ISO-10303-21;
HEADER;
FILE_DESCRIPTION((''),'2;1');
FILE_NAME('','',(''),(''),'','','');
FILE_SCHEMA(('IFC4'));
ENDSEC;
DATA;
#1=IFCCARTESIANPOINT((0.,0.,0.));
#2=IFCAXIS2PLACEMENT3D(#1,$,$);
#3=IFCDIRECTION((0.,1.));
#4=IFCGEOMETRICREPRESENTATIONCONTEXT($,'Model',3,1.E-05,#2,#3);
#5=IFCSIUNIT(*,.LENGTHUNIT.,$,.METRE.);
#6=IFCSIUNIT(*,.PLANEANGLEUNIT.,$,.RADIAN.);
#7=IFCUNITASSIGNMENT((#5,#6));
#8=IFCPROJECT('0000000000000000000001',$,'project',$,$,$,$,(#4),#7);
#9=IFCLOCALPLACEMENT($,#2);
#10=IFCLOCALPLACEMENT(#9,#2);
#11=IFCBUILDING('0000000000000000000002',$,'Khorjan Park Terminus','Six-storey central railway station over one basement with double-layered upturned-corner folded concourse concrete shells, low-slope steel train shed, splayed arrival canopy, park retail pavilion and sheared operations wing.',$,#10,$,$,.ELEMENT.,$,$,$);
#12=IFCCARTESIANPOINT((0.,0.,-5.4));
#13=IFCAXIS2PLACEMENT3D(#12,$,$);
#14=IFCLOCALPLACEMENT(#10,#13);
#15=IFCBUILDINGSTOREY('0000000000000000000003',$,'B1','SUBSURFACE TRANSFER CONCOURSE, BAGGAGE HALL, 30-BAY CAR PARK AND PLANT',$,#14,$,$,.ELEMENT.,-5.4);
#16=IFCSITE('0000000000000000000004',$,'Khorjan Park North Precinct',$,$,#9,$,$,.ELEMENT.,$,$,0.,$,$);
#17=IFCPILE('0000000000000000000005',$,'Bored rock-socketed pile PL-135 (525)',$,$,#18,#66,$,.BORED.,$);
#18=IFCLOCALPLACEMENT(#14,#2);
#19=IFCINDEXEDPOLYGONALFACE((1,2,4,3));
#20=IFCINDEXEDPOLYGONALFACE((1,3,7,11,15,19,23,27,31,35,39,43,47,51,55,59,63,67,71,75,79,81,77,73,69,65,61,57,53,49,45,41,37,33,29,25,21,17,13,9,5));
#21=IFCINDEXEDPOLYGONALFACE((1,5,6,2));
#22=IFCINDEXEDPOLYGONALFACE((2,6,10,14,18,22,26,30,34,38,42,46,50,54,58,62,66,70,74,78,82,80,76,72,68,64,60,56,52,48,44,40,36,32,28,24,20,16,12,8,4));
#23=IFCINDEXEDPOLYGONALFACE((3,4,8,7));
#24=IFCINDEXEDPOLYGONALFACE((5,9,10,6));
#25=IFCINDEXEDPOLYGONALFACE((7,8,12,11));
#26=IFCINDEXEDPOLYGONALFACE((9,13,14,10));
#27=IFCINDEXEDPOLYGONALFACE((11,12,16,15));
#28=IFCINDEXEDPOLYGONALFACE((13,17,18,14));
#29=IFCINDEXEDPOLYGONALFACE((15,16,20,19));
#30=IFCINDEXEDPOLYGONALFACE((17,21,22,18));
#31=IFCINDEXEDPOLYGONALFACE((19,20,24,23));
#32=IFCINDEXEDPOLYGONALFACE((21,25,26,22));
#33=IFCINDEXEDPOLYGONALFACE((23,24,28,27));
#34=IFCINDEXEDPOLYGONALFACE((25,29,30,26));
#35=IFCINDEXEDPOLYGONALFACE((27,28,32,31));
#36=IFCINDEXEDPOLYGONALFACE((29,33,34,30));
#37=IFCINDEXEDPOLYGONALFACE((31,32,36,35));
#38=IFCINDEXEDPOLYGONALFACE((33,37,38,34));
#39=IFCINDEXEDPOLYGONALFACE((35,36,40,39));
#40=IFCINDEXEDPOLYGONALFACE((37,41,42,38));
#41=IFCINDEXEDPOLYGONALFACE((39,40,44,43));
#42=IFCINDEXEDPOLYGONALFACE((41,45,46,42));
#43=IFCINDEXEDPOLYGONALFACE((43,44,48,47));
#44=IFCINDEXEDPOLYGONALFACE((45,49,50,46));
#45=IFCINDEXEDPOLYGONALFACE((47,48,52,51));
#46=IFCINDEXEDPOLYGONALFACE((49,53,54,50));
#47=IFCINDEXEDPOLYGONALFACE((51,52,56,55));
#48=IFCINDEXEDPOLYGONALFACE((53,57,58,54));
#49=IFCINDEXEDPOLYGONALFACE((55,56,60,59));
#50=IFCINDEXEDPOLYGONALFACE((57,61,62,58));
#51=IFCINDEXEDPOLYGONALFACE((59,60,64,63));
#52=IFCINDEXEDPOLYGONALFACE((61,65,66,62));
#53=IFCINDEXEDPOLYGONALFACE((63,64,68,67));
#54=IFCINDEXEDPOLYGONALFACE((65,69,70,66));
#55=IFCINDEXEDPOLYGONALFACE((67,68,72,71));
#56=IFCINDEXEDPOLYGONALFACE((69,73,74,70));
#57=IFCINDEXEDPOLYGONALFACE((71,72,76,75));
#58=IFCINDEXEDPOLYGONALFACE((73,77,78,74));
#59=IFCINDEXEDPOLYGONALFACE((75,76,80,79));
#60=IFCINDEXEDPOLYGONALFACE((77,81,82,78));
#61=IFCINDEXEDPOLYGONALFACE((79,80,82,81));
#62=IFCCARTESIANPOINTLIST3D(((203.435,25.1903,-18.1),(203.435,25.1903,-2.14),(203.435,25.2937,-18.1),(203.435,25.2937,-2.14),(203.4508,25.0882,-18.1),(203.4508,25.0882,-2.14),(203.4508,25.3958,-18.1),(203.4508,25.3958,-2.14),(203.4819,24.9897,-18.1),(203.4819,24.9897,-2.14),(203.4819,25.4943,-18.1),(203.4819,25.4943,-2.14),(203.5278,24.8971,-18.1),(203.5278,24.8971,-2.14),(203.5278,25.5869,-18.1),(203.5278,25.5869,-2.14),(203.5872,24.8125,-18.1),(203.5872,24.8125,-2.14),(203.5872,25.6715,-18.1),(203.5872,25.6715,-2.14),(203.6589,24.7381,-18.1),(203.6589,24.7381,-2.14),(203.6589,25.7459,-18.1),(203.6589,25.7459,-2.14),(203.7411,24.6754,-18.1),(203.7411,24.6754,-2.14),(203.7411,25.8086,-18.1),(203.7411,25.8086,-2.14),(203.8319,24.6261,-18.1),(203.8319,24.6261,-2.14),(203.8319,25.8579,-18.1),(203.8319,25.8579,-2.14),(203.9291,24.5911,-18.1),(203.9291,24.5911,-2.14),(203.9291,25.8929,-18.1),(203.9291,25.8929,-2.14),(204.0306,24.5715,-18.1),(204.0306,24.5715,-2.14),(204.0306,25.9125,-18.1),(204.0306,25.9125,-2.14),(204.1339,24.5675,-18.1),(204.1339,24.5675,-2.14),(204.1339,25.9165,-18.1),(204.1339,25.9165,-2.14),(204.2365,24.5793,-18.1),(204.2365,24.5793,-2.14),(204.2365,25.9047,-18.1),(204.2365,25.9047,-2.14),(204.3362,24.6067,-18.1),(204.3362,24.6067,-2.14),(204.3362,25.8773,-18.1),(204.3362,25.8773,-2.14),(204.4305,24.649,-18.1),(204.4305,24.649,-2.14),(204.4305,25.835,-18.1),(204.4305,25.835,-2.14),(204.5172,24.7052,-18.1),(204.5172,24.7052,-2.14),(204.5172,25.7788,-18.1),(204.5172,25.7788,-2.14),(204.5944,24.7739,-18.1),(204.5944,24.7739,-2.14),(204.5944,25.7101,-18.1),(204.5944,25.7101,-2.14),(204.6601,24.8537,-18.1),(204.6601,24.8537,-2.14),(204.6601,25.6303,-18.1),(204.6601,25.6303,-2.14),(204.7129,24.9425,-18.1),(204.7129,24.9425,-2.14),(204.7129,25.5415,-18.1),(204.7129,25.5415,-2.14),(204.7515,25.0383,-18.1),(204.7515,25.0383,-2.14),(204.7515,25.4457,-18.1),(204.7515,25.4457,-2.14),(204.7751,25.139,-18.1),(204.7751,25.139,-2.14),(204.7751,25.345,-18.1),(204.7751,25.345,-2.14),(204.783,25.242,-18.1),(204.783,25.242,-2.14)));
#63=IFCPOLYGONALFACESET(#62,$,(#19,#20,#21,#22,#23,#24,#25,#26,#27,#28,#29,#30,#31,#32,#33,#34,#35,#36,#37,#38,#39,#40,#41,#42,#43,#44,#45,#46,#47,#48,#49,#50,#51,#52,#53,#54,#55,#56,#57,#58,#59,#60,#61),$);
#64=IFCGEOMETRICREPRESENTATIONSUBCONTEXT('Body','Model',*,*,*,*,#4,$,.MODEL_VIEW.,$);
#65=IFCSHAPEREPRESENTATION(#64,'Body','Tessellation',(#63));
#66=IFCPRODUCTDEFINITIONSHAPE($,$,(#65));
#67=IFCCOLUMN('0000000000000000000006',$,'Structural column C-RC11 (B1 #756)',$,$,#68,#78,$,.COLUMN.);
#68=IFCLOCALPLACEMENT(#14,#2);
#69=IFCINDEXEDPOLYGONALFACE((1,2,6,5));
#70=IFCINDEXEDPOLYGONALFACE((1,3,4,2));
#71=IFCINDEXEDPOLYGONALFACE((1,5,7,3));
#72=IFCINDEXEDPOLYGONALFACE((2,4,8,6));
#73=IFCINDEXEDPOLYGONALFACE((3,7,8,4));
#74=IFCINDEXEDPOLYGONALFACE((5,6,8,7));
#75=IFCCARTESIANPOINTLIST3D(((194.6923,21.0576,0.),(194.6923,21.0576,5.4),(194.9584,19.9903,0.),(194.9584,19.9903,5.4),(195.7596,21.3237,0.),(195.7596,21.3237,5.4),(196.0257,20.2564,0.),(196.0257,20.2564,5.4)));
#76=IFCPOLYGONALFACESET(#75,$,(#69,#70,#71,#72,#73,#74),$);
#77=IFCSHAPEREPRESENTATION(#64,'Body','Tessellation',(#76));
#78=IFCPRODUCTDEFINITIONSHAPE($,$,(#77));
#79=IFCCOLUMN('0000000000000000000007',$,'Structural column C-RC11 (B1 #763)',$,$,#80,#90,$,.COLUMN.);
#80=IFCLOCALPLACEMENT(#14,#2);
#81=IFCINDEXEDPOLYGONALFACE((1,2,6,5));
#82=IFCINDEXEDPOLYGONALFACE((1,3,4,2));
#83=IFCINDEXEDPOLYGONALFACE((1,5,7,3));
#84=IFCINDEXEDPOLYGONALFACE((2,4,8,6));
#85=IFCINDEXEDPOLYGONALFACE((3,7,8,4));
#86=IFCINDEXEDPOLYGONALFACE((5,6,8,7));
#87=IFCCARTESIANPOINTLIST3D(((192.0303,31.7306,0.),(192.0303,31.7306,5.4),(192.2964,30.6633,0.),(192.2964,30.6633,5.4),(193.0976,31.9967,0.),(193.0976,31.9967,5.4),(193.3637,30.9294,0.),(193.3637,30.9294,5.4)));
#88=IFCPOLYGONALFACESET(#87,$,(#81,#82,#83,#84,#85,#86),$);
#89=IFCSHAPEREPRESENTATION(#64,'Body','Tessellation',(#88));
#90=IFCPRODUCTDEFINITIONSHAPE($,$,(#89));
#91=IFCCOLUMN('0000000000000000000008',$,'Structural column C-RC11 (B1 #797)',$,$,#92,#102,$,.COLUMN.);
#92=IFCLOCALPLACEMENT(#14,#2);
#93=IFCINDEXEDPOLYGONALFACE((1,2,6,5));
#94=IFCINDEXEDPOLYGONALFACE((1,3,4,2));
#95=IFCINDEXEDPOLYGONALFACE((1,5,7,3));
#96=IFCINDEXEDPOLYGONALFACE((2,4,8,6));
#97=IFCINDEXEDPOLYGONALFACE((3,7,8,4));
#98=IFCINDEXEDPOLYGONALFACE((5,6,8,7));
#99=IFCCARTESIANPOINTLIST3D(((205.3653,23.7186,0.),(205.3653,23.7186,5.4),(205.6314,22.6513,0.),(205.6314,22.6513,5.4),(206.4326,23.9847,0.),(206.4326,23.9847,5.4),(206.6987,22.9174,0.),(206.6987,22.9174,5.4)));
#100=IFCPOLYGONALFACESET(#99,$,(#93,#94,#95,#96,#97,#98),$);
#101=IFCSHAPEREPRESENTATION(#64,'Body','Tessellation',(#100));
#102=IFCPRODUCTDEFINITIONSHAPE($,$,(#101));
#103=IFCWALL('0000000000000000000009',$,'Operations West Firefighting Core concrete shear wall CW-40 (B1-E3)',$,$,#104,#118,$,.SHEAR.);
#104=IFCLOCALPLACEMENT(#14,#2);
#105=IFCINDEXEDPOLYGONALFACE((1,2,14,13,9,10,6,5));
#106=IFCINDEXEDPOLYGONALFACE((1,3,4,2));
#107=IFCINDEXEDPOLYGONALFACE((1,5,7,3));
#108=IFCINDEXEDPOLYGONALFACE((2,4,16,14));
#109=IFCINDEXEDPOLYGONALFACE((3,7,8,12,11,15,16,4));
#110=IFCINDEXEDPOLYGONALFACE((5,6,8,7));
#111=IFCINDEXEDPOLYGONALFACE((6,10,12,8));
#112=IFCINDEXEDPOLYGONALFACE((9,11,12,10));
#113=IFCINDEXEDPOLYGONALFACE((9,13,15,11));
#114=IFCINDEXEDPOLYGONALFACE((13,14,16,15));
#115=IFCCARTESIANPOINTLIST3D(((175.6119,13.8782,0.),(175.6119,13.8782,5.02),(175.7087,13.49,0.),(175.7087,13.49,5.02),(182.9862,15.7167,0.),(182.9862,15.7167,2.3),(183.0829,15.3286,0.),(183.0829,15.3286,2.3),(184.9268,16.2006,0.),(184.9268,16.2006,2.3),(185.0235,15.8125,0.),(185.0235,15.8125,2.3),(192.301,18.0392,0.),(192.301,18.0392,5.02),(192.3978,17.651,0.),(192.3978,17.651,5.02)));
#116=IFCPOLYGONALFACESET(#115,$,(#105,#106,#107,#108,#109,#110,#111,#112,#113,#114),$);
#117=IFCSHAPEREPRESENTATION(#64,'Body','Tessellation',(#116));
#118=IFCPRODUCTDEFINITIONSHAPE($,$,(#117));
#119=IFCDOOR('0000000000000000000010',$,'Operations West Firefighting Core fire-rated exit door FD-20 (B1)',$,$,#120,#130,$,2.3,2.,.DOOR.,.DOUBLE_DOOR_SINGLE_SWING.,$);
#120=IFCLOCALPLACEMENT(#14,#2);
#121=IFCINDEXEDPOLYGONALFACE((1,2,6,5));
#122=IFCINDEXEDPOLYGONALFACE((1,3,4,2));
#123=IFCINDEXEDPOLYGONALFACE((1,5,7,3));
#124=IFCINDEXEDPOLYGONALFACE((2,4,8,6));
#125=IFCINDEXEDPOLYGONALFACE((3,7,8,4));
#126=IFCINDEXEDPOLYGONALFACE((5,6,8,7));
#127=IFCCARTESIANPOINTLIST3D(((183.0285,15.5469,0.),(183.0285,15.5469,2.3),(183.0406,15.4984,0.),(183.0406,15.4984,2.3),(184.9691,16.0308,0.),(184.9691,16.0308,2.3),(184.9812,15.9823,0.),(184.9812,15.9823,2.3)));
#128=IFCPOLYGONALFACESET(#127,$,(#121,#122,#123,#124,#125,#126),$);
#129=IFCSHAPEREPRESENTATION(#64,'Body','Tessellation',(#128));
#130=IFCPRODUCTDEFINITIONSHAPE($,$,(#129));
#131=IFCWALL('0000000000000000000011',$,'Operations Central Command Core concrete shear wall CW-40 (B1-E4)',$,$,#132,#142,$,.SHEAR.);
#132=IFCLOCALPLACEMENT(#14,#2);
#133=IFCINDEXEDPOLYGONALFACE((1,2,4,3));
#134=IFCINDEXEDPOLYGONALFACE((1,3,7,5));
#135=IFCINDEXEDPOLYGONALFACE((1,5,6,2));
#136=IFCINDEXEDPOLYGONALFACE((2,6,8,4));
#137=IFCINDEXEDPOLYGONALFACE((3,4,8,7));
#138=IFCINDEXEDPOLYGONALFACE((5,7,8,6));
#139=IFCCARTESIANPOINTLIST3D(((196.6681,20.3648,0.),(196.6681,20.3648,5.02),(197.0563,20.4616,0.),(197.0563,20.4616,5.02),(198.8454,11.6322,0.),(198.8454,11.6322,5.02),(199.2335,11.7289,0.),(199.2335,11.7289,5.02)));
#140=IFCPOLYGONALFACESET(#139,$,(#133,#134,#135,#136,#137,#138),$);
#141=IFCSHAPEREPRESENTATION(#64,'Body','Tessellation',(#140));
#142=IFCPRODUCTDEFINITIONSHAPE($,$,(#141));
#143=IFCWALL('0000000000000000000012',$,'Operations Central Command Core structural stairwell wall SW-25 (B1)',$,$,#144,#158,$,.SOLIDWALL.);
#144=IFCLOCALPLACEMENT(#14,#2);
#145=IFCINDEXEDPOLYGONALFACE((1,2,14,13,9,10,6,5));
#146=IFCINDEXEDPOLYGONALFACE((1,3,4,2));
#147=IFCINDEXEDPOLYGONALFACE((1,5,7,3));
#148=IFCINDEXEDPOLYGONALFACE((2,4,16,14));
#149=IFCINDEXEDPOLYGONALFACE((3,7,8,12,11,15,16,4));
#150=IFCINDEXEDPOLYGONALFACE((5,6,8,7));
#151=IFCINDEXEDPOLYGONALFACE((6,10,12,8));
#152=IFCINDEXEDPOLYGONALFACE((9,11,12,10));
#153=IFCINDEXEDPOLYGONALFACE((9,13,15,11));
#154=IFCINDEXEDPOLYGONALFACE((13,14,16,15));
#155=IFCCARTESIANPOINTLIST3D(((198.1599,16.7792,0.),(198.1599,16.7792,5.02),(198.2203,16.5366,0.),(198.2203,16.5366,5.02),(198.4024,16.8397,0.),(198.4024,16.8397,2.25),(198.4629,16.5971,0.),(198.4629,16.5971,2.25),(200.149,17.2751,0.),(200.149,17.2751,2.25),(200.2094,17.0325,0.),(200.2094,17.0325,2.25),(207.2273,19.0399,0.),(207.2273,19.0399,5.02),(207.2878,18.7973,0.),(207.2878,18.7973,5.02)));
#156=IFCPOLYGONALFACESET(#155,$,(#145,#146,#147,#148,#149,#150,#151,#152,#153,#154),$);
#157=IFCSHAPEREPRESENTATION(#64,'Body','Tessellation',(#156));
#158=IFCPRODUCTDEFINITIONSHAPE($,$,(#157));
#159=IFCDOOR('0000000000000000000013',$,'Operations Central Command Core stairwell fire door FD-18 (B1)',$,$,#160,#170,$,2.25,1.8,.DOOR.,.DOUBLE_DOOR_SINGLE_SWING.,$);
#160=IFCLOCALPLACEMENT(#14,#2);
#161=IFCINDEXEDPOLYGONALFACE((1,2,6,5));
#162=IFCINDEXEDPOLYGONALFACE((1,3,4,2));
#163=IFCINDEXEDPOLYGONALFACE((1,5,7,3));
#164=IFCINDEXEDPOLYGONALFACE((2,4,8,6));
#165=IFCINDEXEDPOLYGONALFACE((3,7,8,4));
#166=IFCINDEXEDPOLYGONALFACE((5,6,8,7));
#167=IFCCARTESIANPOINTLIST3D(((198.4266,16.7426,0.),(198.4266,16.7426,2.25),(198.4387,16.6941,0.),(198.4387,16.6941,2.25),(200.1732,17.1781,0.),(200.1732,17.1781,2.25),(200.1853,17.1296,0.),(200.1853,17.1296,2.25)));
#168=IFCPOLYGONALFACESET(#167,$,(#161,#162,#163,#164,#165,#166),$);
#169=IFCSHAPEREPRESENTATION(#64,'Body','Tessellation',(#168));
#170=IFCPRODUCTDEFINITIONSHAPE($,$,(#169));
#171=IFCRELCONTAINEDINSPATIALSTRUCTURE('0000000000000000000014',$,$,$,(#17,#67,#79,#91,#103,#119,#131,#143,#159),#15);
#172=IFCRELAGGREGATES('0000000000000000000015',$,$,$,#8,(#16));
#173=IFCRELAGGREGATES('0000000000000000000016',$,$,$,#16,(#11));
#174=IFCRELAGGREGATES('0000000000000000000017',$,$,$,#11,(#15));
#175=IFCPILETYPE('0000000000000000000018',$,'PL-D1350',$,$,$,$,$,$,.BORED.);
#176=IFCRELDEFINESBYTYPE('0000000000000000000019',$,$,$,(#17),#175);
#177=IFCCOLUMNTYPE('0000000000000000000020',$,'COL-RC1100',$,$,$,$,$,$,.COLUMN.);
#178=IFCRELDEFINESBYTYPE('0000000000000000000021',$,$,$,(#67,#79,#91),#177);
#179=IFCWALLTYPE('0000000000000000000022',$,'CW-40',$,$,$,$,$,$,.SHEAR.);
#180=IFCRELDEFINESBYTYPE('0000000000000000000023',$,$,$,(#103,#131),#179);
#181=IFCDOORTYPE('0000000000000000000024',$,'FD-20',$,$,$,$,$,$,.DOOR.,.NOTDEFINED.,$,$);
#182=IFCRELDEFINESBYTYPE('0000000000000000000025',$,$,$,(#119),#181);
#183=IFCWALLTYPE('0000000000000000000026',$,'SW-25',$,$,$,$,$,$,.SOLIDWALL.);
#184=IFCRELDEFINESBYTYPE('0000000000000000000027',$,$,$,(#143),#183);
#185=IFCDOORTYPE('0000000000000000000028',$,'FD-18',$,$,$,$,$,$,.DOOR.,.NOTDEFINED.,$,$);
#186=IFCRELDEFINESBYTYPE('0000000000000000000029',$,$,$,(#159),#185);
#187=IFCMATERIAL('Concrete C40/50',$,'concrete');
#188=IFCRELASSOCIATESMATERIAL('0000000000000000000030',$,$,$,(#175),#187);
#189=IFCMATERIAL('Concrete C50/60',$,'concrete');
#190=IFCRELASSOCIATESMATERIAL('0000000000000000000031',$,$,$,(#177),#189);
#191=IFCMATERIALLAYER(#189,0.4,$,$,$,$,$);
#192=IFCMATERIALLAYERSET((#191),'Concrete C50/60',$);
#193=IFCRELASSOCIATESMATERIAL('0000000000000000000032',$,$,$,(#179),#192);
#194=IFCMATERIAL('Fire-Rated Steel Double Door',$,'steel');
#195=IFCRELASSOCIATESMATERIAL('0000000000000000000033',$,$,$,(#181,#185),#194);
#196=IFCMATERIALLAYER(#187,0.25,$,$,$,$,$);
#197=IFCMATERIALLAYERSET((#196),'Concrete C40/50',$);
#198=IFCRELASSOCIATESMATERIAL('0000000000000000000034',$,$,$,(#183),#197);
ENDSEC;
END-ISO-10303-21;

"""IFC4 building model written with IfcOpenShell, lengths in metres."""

from ifc_helpers import new_model, si_unit, direction, frame, frame_2d, origin, origin_2d, place, context, subcontext, project, spatial, rectangle, circle, extrude, material, layer, layer_set, material_profile, profile_set, type_object, element, fill, save


model = new_model("IFC4")

# Units and contexts
model_context = context("Model", 3, precision=1e-05, world=origin(), true_north=direction((0.0, 1.0)))
body_context = subcontext(model_context, "Body", "Model", "MODEL_VIEW")
ifc_project = project(units=[si_unit("LENGTHUNIT", "METRE"), si_unit("PLANEANGLEUNIT", "RADIAN")], contexts=[model_context])

# Site, building, storey
site_placement = place(None, origin())
site = spatial("IfcSite", under=ifc_project, at=site_placement, Name="Khorjan Park North Precinct", CompositionType="ELEMENT", RefElevation=0.0)
building_placement = place(site_placement, origin())
building = spatial("IfcBuilding", under=site, at=building_placement, Name="Khorjan Park Terminus", Description="Six-storey central railway station over one basement with double-layered upturned-corner folded concourse concrete shells, low-slope steel train shed, splayed arrival canopy, park retail pavilion and sheared operations wing.", CompositionType="ELEMENT")
storey_placement = place(building_placement, frame((0.0, 0.0, -5.4)))
storey = spatial("IfcBuildingStorey", under=building, at=storey_placement, Name="B1", Description="SUBSURFACE TRANSFER CONCOURSE, BAGGAGE HALL, 30-BAY CAR PARK AND PLANT", CompositionType="ELEMENT", Elevation=-5.4)

# Pile
ifc_material_1 = material(Name="Concrete C40/50", Category="concrete")
ifc_material_profile_1 = material_profile(ifc_material_1, circle(Radius=0.675, at=origin_2d()), Name="BORED D1350")
ifc_profile_set_1 = profile_set([ifc_material_profile_1], Name="Concrete C40/50")
pile_type = type_object("IfcPileType", Name="PL-D1350", PredefinedType="BORED", material=ifc_profile_set_1)
for number, where, z_axis, x_axis, name in (
    (1, (204.108, 25.242, -2.14), (0.0, 0.0, -1.0), (1.0, 0.0, 0.0), "Bored rock-socketed pile PL-135 (525)"),
):
    element("IfcPile", number, at=place(storey_placement, frame(where, z_axis=z_axis, x_axis=x_axis)), inside=storey, type_object=pile_type, Name=name, PredefinedType="BORED", context=body_context, shape_type="SweptSolid", body=[
        extrude(circle(Radius=0.675, at=origin_2d()), origin(), (0.0, 0.0, 1.0), 15.96),
    ])

# Columns
ifc_material_2 = material(Name="Concrete C50/60", Category="concrete")
ifc_material_profile_2 = material_profile(ifc_material_2, rectangle(XDim=1.1, YDim=1.1, at=origin_2d()), Name="RC 1100x1100")
ifc_profile_set_2 = profile_set([ifc_material_profile_2], Name="Concrete C50/60")
column_type = type_object("IfcColumnType", Name="COL-RC1100", PredefinedType="COLUMN", material=ifc_profile_set_2)
for number, where, z_axis, x_axis, name in (
    (2, (195.359, 20.657, 0.0), (0.0, 0.0, 1.0), (0.970296, 0.241922, 0.0), "Structural column C-RC11 (B1 #756)"),
    (3, (192.697, 31.33, 0.0), (0.0, 0.0, 1.0), (0.970296, 0.241922, 0.0), "Structural column C-RC11 (B1 #763)"),
    (4, (206.032, 23.318, 0.0), (0.0, 0.0, 1.0), (0.970296, 0.241922, 0.0), "Structural column C-RC11 (B1 #797)"),
):
    element("IfcColumn", number, at=place(storey_placement, frame(where, z_axis=z_axis, x_axis=x_axis)), inside=storey, type_object=column_type, Name=name, PredefinedType="COLUMN", context=body_context, shape_type="SweptSolid", body=[
        extrude(rectangle(XDim=1.1, YDim=1.1, at=origin_2d()), origin(), (0.0, 0.0, 1.0), 5.4),
    ])

# Wall, opening, door
ifc_layer_1 = layer(ifc_material_2, 0.4)
ifc_layer_set_1 = layer_set([ifc_layer_1], Name="Concrete C50/60")
wall_type_1 = type_object("IfcWallType", Name="CW-40", PredefinedType="SHEAR", material=ifc_layer_set_1)
wall_1_placement = place(storey_placement, frame((192.3494, 17.8451, 0.0), z_axis=(0.0, 0.0, 1.0), x_axis=(-0.970297, -0.241919, 0.0)))
wall_1 = element("IfcWall", 5, at=wall_1_placement, inside=storey, type_object=wall_type_1, Name="Operations West Firefighting Core concrete shear wall CW-40 (B1-E3)", PredefinedType="SHEAR", context=body_context, shape_type="SweptSolid", body=[
    extrude(rectangle(XDim=17.2, YDim=0.4, at=frame_2d((8.6, 0.0))), origin(), (0.0, 0.0, 1.0), 5.02),
])
opening_1_placement = place(wall_1_placement, frame((7.6, 0.0, 0.0)))
opening_1 = element("IfcOpeningElement", 6, at=opening_1_placement, cuts=wall_1, PredefinedType="OPENING", context=body_context, shape_type="SweptSolid", body=[
    extrude(rectangle(XDim=2.0, YDim=2.3, at=frame_2d((1.0, 1.15))), frame((0.0, 0.21, 0.0), z_axis=(0.0, -1.0, 0.0), x_axis=(1.0, 0.0, 0.0)), (0.0, 0.0, 1.0), 0.42),
])
ifc_material_3 = material(Name="Fire-Rated Steel Double Door", Category="steel")
door_type_1 = type_object("IfcDoorType", Name="FD-20", OperationType="NOTDEFINED", PredefinedType="DOOR", material=ifc_material_3)
door_1_placement = place(opening_1_placement, origin())
door_1 = element("IfcDoor", 7, at=door_1_placement, inside=storey, type_object=door_type_1, Name="Operations West Firefighting Core fire-rated exit door FD-20 (B1)", OperationType="DOUBLE_DOOR_SINGLE_SWING", OverallHeight=2.3, OverallWidth=2.0, PredefinedType="DOOR", context=body_context, shape_type="SweptSolid", body=[
    extrude(rectangle(XDim=2.0, YDim=2.3, at=frame_2d((1.0, 1.15))), frame((0.0, 0.025, 0.0), z_axis=(0.0, -1.0, 0.0), x_axis=(1.0, 0.0, 0.0)), (0.0, 0.0, 1.0), 0.05),
])
fill(opening_1, door_1)

# Wall
wall_2_placement = place(storey_placement, frame((196.8622, 20.4132, 0.0), z_axis=(0.0, 0.0, 1.0), x_axis=(0.241921, -0.970296, 0.0)))
element("IfcWall", 8, at=wall_2_placement, inside=storey, type_object=wall_type_1, Name="Operations Central Command Core concrete shear wall CW-40 (B1-E4)", PredefinedType="SHEAR", context=body_context, shape_type="SweptSolid", body=[
    extrude(rectangle(XDim=9.0, YDim=0.4, at=frame_2d((4.5, 0.0))), origin(), (0.0, 0.0, 1.0), 5.02),
])

# Wall, opening, door
ifc_layer_2 = layer(ifc_material_1, 0.25)
ifc_layer_set_2 = layer_set([ifc_layer_2], Name="Concrete C40/50")
wall_type_2 = type_object("IfcWallType", Name="SW-25", PredefinedType="SOLIDWALL", material=ifc_layer_set_2)
wall_3_placement = place(storey_placement, frame((198.1901, 16.6579, 0.0), z_axis=(0.0, 0.0, 1.0), x_axis=(0.970297, 0.241916, 0.0)))
wall_3 = element("IfcWall", 9, at=wall_3_placement, inside=storey, type_object=wall_type_2, Name="Operations Central Command Core structural stairwell wall SW-25 (B1)", PredefinedType="SOLIDWALL", context=body_context, shape_type="SweptSolid", body=[
    extrude(rectangle(XDim=9.345, YDim=0.25, at=frame_2d((4.6725, 0.0))), origin(), (0.0, 0.0, 1.0), 5.02),
])
opening_2_placement = place(wall_3_placement, frame((0.25, 0.0, 0.0)))
opening_2 = element("IfcOpeningElement", 10, at=opening_2_placement, cuts=wall_3, PredefinedType="OPENING", context=body_context, shape_type="SweptSolid", body=[
    extrude(rectangle(XDim=1.8, YDim=2.25, at=frame_2d((0.9, 1.125))), frame((0.0, 0.135, 0.0), z_axis=(0.0, -1.0, 0.0), x_axis=(1.0, 0.0, 0.0)), (0.0, 0.0, 1.0), 0.27),
])
door_type_2 = type_object("IfcDoorType", Name="FD-18", OperationType="NOTDEFINED", PredefinedType="DOOR", material=ifc_material_3)
door_2_placement = place(opening_2_placement, origin())
door_2 = element("IfcDoor", 11, at=door_2_placement, inside=storey, type_object=door_type_2, Name="Operations Central Command Core stairwell fire door FD-18 (B1)", OperationType="DOUBLE_DOOR_SINGLE_SWING", OverallHeight=2.25, OverallWidth=1.8, PredefinedType="DOOR", context=body_context, shape_type="SweptSolid", body=[
    extrude(rectangle(XDim=1.8, YDim=2.25, at=frame_2d((0.9, 1.125))), frame((0.0, 0.025, 0.0), z_axis=(0.0, -1.0, 0.0), x_axis=(1.0, 0.0, 0.0)), (0.0, 0.0, 1.0), 0.05),
])
fill(opening_2, door_2)

save(model, "model.ifc")
